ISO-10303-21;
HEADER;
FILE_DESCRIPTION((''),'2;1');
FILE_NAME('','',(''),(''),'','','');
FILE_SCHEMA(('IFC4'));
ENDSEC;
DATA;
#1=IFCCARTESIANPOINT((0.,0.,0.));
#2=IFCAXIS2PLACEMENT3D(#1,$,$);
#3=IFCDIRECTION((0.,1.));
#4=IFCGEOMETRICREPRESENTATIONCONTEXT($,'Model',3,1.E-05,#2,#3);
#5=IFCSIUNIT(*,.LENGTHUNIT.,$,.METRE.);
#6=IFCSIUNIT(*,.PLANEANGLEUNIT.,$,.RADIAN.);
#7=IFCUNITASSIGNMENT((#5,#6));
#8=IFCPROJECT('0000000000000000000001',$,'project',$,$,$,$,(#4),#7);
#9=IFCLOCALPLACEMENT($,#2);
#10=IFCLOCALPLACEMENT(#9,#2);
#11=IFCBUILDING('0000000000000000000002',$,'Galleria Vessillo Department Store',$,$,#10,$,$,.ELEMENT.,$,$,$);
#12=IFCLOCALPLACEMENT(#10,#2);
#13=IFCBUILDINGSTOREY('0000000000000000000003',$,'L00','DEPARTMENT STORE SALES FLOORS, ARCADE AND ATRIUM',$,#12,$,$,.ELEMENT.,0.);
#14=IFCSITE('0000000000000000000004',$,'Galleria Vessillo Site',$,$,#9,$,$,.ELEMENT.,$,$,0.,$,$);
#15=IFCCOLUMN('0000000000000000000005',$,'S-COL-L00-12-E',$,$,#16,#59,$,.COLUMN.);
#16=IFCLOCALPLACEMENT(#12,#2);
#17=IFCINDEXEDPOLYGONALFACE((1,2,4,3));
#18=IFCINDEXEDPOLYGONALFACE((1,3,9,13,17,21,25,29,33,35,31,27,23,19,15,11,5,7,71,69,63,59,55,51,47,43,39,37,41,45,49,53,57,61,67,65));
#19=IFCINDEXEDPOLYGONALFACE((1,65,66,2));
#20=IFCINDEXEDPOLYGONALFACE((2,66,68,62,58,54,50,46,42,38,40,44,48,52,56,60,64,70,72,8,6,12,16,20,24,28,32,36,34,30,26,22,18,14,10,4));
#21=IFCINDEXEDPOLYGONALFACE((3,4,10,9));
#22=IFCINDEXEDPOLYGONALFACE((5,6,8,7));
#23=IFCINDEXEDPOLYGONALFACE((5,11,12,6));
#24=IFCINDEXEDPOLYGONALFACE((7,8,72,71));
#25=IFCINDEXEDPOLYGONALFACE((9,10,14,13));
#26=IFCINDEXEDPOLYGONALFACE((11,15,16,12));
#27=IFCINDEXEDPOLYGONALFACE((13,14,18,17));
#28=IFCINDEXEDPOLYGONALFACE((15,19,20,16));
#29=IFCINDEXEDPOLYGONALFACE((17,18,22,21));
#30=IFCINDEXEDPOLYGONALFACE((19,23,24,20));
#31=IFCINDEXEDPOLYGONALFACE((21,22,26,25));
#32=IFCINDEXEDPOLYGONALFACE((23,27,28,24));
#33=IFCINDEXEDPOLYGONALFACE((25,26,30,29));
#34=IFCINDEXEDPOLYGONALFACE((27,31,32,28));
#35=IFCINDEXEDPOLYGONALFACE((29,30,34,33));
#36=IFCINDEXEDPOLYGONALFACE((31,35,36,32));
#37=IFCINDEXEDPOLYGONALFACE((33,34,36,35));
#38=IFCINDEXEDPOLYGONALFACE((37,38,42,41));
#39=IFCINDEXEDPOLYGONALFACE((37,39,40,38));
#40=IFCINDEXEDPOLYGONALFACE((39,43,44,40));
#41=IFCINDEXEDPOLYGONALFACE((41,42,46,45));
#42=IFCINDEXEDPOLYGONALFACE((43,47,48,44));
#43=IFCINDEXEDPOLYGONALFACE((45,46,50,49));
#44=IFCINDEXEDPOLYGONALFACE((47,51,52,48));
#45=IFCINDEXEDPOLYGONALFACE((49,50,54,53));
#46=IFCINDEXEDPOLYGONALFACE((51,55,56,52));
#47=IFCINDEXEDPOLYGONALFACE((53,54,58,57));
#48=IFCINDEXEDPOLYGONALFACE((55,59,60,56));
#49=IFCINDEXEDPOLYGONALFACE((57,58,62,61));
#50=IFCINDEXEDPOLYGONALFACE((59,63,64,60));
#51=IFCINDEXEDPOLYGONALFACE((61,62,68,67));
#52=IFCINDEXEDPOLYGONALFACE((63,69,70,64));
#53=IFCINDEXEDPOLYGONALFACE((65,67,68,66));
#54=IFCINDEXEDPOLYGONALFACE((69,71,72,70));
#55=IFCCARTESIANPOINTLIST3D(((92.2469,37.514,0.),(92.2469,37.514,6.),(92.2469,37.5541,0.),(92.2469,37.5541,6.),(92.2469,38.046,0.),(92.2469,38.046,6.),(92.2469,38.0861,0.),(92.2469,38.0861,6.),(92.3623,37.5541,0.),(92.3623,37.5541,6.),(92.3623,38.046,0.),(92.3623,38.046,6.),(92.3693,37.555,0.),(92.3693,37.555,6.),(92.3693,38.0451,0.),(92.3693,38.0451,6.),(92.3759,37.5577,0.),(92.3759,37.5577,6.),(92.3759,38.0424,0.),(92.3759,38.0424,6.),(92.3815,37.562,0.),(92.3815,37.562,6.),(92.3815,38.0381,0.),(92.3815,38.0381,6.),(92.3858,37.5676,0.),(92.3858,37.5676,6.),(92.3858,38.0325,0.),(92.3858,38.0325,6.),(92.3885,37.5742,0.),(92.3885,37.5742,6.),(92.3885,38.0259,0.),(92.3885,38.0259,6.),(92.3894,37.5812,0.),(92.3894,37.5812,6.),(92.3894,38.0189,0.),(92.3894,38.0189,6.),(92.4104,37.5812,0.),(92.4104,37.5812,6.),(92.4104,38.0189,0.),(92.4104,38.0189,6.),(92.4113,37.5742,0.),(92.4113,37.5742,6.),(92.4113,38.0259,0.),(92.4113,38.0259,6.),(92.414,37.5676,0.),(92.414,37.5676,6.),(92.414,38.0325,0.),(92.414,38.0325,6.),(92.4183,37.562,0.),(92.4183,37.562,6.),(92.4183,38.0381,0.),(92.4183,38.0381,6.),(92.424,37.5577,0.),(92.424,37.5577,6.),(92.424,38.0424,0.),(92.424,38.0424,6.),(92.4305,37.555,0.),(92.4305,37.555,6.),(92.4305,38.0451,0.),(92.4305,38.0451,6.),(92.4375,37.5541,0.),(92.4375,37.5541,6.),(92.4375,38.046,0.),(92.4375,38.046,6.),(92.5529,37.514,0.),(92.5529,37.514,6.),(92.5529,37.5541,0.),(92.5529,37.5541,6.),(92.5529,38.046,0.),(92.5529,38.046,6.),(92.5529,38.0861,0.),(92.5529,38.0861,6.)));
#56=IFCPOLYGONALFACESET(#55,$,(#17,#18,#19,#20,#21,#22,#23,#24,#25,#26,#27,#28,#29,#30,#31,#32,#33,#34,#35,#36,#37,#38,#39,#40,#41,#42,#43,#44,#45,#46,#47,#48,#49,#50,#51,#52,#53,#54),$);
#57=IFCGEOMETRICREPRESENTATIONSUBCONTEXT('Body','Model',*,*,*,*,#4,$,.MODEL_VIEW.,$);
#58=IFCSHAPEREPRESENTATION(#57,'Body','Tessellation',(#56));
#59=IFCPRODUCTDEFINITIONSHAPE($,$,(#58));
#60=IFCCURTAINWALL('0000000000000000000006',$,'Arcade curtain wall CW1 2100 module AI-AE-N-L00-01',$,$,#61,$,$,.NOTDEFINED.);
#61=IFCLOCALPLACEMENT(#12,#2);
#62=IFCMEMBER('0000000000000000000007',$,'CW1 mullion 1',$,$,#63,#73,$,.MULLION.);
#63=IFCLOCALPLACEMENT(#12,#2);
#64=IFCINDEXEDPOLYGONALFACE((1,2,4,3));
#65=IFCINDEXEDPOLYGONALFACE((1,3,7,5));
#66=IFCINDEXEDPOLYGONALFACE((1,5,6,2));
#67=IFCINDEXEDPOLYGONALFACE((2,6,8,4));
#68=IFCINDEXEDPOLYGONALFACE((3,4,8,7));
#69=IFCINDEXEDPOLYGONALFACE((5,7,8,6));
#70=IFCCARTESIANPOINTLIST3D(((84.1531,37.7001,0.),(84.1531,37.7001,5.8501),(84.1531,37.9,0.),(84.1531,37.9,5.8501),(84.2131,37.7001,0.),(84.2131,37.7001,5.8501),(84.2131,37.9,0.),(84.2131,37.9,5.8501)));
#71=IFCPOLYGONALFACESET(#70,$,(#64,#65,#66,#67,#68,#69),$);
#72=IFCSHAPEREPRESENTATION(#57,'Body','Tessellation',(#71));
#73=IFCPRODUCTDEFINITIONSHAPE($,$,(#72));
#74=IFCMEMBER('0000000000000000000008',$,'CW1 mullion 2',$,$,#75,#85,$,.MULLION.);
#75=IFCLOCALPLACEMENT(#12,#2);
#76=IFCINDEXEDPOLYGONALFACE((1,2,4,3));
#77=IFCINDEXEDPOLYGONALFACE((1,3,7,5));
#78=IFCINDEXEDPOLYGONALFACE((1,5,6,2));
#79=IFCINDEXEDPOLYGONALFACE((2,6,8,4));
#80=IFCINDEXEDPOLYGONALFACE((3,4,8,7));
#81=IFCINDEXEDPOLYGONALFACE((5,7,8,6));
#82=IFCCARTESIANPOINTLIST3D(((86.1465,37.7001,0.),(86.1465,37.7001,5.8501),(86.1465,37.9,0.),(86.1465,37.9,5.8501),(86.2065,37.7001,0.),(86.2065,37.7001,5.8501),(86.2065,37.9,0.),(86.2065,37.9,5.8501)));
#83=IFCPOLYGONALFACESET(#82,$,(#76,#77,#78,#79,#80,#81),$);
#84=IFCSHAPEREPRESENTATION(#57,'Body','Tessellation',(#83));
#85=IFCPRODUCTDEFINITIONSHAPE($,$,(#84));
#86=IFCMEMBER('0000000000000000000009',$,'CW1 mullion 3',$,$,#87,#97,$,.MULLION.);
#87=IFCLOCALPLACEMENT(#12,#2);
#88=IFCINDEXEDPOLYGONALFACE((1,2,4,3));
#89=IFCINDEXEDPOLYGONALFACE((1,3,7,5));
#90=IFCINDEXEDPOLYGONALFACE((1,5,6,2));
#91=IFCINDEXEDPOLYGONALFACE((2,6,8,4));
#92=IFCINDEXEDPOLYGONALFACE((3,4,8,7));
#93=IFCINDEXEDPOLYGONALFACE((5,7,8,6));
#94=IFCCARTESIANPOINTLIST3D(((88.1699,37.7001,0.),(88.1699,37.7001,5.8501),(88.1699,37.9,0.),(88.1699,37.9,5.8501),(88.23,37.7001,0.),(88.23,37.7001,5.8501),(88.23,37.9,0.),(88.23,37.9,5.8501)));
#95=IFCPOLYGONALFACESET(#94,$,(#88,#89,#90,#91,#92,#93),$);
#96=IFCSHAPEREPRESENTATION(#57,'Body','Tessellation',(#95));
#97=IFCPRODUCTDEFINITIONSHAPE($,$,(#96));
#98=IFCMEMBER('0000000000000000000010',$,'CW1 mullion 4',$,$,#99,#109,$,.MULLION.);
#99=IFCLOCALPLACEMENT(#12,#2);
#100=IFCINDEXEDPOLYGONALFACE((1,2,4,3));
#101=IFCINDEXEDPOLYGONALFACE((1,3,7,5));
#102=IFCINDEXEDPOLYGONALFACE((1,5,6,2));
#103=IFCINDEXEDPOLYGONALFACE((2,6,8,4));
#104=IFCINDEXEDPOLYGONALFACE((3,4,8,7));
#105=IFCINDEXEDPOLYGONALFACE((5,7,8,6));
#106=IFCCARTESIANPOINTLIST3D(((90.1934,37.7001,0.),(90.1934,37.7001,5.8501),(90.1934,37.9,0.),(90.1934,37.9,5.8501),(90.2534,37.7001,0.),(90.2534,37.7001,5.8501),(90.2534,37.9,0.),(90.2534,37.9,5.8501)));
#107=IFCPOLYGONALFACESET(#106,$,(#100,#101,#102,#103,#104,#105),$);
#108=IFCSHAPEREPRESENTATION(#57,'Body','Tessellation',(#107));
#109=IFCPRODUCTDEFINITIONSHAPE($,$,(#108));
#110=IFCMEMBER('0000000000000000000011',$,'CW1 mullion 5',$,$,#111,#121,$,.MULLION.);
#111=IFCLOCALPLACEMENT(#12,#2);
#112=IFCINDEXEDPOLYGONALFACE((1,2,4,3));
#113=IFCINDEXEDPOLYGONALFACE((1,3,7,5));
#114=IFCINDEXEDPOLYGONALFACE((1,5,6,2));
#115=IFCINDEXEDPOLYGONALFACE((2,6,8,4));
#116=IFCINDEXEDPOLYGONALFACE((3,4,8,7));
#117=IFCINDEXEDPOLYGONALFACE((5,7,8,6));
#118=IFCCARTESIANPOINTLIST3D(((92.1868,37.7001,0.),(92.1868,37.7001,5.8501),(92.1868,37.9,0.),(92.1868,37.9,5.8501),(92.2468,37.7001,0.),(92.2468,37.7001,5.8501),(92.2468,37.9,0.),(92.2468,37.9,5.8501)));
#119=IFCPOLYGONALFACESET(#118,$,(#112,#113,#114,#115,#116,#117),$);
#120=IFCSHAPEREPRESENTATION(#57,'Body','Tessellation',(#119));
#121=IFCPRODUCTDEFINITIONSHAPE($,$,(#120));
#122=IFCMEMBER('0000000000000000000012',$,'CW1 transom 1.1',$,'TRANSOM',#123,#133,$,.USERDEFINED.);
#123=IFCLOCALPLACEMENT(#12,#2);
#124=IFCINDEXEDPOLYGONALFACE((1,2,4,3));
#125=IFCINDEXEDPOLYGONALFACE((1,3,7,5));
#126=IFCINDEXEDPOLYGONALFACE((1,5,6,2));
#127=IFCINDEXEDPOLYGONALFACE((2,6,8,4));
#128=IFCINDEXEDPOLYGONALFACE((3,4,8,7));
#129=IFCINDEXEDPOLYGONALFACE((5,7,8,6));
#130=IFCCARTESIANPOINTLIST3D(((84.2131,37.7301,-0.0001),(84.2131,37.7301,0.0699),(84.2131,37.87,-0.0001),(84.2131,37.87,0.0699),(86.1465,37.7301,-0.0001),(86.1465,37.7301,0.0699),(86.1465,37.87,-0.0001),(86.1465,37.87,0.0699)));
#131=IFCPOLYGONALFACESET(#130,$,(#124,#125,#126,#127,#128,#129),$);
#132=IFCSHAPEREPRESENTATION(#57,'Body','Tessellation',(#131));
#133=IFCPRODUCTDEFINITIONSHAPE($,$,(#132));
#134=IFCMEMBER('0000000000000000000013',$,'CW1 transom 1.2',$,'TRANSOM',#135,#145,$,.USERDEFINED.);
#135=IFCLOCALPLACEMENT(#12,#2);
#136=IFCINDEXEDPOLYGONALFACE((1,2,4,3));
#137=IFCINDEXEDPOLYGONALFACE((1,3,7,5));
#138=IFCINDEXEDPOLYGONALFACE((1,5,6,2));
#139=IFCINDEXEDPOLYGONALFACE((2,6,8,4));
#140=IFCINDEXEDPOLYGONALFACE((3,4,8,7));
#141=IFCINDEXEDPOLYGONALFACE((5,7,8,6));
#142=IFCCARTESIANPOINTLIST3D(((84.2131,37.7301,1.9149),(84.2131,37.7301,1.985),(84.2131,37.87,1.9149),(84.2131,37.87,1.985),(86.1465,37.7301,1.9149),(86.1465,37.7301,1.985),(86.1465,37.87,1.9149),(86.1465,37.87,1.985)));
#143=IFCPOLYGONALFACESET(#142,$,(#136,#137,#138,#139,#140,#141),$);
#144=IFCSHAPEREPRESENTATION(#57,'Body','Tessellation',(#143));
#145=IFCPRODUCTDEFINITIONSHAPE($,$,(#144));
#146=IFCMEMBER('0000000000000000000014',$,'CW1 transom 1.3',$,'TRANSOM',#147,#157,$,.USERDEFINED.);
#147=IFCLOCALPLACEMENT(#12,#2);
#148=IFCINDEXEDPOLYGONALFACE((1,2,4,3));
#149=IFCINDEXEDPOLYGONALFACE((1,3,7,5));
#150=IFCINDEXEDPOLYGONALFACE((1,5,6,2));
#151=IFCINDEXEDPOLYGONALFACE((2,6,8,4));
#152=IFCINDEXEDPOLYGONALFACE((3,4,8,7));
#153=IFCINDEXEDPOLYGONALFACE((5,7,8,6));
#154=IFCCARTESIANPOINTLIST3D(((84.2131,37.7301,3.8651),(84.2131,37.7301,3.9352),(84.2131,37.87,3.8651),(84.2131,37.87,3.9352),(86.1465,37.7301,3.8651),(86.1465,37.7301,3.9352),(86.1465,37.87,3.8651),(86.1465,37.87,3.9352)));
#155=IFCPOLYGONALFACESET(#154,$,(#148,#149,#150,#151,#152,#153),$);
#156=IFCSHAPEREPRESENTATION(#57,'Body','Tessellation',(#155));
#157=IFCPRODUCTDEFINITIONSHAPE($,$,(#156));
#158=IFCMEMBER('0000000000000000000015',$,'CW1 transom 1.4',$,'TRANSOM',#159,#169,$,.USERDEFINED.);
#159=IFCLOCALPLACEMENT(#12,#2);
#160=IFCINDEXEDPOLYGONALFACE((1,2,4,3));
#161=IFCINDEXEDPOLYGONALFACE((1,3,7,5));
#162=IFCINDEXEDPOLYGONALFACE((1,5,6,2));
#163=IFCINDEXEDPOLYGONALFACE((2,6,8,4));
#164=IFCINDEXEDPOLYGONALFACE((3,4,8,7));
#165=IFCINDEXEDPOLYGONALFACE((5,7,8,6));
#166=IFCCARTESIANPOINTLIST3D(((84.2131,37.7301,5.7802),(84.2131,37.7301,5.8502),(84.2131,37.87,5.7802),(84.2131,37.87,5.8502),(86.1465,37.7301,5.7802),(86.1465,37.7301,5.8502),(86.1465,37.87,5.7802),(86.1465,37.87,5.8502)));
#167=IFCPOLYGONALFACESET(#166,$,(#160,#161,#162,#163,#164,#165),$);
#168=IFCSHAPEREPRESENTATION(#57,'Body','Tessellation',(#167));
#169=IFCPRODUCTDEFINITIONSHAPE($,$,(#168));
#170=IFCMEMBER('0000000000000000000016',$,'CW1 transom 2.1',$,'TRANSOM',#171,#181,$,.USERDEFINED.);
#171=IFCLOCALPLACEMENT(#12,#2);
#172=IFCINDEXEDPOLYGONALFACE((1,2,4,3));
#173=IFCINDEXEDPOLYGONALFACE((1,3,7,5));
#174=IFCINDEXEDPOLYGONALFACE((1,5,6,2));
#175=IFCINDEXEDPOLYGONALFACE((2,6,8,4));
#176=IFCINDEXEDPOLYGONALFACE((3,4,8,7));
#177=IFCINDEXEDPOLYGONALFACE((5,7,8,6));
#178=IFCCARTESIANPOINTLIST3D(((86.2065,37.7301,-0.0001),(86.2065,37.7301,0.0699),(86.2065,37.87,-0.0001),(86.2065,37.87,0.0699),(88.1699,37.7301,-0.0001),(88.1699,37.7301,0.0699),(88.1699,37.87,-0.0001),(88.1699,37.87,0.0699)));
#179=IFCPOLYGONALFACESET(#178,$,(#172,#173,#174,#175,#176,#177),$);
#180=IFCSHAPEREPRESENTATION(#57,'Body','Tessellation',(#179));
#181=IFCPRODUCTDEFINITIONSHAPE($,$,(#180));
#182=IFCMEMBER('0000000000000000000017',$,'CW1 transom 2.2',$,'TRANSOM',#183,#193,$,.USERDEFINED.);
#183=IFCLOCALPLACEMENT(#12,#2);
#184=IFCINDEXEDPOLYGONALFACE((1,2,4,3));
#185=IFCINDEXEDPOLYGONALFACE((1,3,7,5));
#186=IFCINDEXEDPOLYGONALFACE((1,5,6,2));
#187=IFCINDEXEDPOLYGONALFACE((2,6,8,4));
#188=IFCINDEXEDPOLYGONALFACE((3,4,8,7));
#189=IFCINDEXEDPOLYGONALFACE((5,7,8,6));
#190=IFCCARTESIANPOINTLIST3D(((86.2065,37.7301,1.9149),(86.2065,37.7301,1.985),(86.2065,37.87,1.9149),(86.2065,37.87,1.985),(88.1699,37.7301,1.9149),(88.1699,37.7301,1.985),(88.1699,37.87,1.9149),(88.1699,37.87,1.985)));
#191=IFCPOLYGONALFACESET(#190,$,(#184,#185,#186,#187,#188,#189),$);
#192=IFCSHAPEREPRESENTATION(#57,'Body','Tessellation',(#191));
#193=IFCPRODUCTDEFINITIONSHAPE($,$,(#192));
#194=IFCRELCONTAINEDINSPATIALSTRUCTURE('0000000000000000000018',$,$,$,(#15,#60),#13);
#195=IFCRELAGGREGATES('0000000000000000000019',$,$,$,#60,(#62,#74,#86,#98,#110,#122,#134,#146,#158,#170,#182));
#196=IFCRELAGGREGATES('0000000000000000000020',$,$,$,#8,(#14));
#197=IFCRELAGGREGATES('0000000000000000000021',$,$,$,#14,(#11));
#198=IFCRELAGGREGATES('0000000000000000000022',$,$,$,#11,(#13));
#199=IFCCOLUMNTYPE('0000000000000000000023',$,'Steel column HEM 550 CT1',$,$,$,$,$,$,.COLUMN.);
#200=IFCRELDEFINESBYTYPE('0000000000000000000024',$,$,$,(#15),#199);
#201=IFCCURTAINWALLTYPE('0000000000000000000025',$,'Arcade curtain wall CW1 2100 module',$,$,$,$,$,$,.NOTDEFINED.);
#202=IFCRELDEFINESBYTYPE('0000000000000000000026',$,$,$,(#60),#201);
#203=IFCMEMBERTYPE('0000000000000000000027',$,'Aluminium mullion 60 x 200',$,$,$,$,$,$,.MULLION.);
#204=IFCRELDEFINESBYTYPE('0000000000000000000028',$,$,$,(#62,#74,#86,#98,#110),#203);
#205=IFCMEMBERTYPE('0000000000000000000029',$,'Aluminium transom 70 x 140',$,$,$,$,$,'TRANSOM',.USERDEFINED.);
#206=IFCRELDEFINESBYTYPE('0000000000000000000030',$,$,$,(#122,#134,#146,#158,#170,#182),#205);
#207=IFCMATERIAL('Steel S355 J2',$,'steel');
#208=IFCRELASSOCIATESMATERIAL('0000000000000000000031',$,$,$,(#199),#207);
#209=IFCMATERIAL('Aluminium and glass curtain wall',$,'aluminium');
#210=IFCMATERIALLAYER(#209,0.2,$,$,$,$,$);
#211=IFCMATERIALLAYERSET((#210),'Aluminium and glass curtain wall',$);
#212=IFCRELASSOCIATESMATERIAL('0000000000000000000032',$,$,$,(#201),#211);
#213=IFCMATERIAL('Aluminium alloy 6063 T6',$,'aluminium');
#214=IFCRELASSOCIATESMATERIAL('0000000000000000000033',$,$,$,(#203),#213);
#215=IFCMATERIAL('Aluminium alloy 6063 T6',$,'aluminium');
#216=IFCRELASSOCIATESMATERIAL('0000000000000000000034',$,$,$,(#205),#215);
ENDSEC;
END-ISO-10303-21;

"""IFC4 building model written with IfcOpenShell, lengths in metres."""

from ifc_helpers import new_model, si_unit, direction, frame, origin, origin_2d, place, context, subcontext, project, spatial, rectangle, i_section, extrude, material, layer, layer_set, material_profile, profile_set, type_object, element, aggregate, save


model = new_model("IFC4")

# Units and contexts
model_context = context("Model", 3, precision=1e-05, world=origin(), true_north=direction((0.0, 1.0)))
body_context = subcontext(model_context, "Body", "Model", "MODEL_VIEW")
ifc_project = project(units=[si_unit("LENGTHUNIT", "METRE"), si_unit("PLANEANGLEUNIT", "RADIAN")], contexts=[model_context])

# Site, building, storey
site_placement = place(None, origin())
site = spatial("IfcSite", under=ifc_project, at=site_placement, Name="Galleria Vessillo Site", CompositionType="ELEMENT", RefElevation=0.0)
building_placement = place(site_placement, origin())
building = spatial("IfcBuilding", under=site, at=building_placement, Name="Galleria Vessillo Department Store", CompositionType="ELEMENT")
storey_placement = place(building_placement, origin())
storey = spatial("IfcBuildingStorey", under=building, at=storey_placement, Name="L00", Description="DEPARTMENT STORE SALES FLOORS, ARCADE AND ATRIUM", CompositionType="ELEMENT", Elevation=0.0)

# Column
ifc_material_1 = material(Name="Steel S355 J2", Category="steel")
ifc_material_profile_1 = material_profile(ifc_material_1, i_section(OverallWidth=0.3059, OverallDepth=0.572, WebThickness=0.021, FlangeThickness=0.04, FilletRadius=0.0271, at=origin_2d()), Name="HEM 550")
ifc_profile_set_1 = profile_set([ifc_material_profile_1], Name="Steel S355 J2")
column_type = type_object("IfcColumnType", Name="Steel column HEM 550 CT1", PredefinedType="COLUMN", material=ifc_profile_set_1)
column_placement = place(storey_placement, frame((92.3999, 37.8, 0.0), z_axis=(0.0, 0.0, 1.0), x_axis=(1.0, 0.0, 0.0)))
element("IfcColumn", 1, at=column_placement, inside=storey, type_object=column_type, Name="S-COL-L00-12-E", PredefinedType="COLUMN", context=body_context, shape_type="SweptSolid", body=[
    extrude(i_section(OverallWidth=0.3059, OverallDepth=0.572, WebThickness=0.021, FlangeThickness=0.04, FilletRadius=0.0271, at=origin_2d()), origin(), (0.0, 0.0, 1.0), 6.0),
])

# Curtain wall, members
ifc_material_2 = material(Name="Aluminium and glass curtain wall", Category="aluminium")
ifc_layer_1 = layer(ifc_material_2, 0.2)
ifc_layer_set_1 = layer_set([ifc_layer_1], Name="Aluminium and glass curtain wall")
curtain_wall_type = type_object("IfcCurtainWallType", Name="Arcade curtain wall CW1 2100 module", PredefinedType="NOTDEFINED", material=ifc_layer_set_1)
curtain_wall_placement = place(storey_placement, origin())
curtain_wall = element("IfcCurtainWall", 2, at=curtain_wall_placement, inside=storey, type_object=curtain_wall_type, Name="Arcade curtain wall CW1 2100 module AI-AE-N-L00-01", PredefinedType="NOTDEFINED")
ifc_material_3 = material(Name="Aluminium alloy 6063 T6", Category="aluminium")
ifc_material_profile_2 = material_profile(ifc_material_3, rectangle(XDim=0.2, YDim=0.0601, at=origin_2d()), Name="AL 60x200")
ifc_profile_set_2 = profile_set([ifc_material_profile_2], Name="Aluminium alloy 6063 T6")
member_type_1 = type_object("IfcMemberType", Name="Aluminium mullion 60 x 200", PredefinedType="MULLION", material=ifc_profile_set_2)
member_1_placement = place(storey_placement, frame((84.1831, 37.8, 0.0), z_axis=(0.0, 0.0, 1.0), x_axis=(0.0, 1.0, 0.0)))
member_1 = element("IfcMember", 3, at=member_1_placement, type_object=member_type_1, Name="CW1 mullion 1", PredefinedType="MULLION", context=body_context, shape_type="SweptSolid", body=[
    extrude(rectangle(XDim=0.2, YDim=0.0601, at=origin_2d()), origin(), (0.0, 0.0, 1.0), 5.8501),
])
member_2_placement = place(storey_placement, frame((86.1765, 37.8, 0.0), z_axis=(0.0, 0.0, 1.0), x_axis=(0.0, 1.0, 0.0)))
member_2 = element("IfcMember", 4, at=member_2_placement, type_object=member_type_1, Name="CW1 mullion 2", PredefinedType="MULLION", context=body_context, shape_type="SweptSolid", body=[
    extrude(rectangle(XDim=0.2, YDim=0.0601, at=origin_2d()), origin(), (0.0, 0.0, 1.0), 5.8501),
])
member_3_placement = place(storey_placement, frame((88.2, 37.8, 0.0), z_axis=(0.0, 0.0, 1.0), x_axis=(0.0, 1.0, 0.0)))
member_3 = element("IfcMember", 5, at=member_3_placement, type_object=member_type_1, Name="CW1 mullion 3", PredefinedType="MULLION", context=body_context, shape_type="SweptSolid", body=[
    extrude(rectangle(XDim=0.2, YDim=0.0601, at=origin_2d()), origin(), (0.0, 0.0, 1.0), 5.8501),
])
member_4_placement = place(storey_placement, frame((90.2234, 37.8, 0.0), z_axis=(0.0, 0.0, 1.0), x_axis=(0.0, 1.0, 0.0)))
member_4 = element("IfcMember", 6, at=member_4_placement, type_object=member_type_1, Name="CW1 mullion 4", PredefinedType="MULLION", context=body_context, shape_type="SweptSolid", body=[
    extrude(rectangle(XDim=0.2, YDim=0.0601, at=origin_2d()), origin(), (0.0, 0.0, 1.0), 5.8501),
])
member_5_placement = place(storey_placement, frame((92.2168, 37.8, 0.0), z_axis=(0.0, 0.0, 1.0), x_axis=(0.0, 1.0, 0.0)))
member_5 = element("IfcMember", 7, at=member_5_placement, type_object=member_type_1, Name="CW1 mullion 5", PredefinedType="MULLION", context=body_context, shape_type="SweptSolid", body=[
    extrude(rectangle(XDim=0.2, YDim=0.0601, at=origin_2d()), origin(), (0.0, 0.0, 1.0), 5.8501),
])
ifc_material_4 = material(Name="Aluminium alloy 6063 T6", Category="aluminium")
ifc_material_profile_3 = material_profile(ifc_material_4, rectangle(XDim=0.1399, YDim=0.0701, at=origin_2d()), Name="AL 70x140")
ifc_profile_set_3 = profile_set([ifc_material_profile_3], Name="Aluminium alloy 6063 T6")
member_type_2 = type_object("IfcMemberType", Name="Aluminium transom 70 x 140", ElementType="TRANSOM", PredefinedType="USERDEFINED", material=ifc_profile_set_3)
member_6_placement = place(storey_placement, frame((84.2131, 37.8, 0.0349), z_axis=(1.0, 0.0, 0.0), x_axis=(0.0, 1.0, 0.0)))
member_6 = element("IfcMember", 8, at=member_6_placement, type_object=member_type_2, Name="CW1 transom 1.1", ObjectType="TRANSOM", PredefinedType="USERDEFINED", context=body_context, shape_type="SweptSolid", body=[
    extrude(rectangle(XDim=0.1399, YDim=0.0701, at=origin_2d()), origin(), (0.0, 0.0, 1.0), 1.9333),
])
member_7_placement = place(storey_placement, frame((84.2131, 37.8, 1.95), z_axis=(1.0, 0.0, 0.0), x_axis=(0.0, 1.0, 0.0)))
member_7 = element("IfcMember", 9, at=member_7_placement, type_object=member_type_2, Name="CW1 transom 1.2", ObjectType="TRANSOM", PredefinedType="USERDEFINED", context=body_context, shape_type="SweptSolid", body=[
    extrude(rectangle(XDim=0.1399, YDim=0.0701, at=origin_2d()), origin(), (0.0, 0.0, 1.0), 1.9333),
])
member_8_placement = place(storey_placement, frame((84.2131, 37.8, 3.9001), z_axis=(1.0, 0.0, 0.0), x_axis=(0.0, 1.0, 0.0)))
member_8 = element("IfcMember", 10, at=member_8_placement, type_object=member_type_2, Name="CW1 transom 1.3", ObjectType="TRANSOM", PredefinedType="USERDEFINED", context=body_context, shape_type="SweptSolid", body=[
    extrude(rectangle(XDim=0.1399, YDim=0.0701, at=origin_2d()), origin(), (0.0, 0.0, 1.0), 1.9333),
])
member_9_placement = place(storey_placement, frame((84.2131, 37.8, 5.8152), z_axis=(1.0, 0.0, 0.0), x_axis=(0.0, 1.0, 0.0)))
member_9 = element("IfcMember", 11, at=member_9_placement, type_object=member_type_2, Name="CW1 transom 1.4", ObjectType="TRANSOM", PredefinedType="USERDEFINED", context=body_context, shape_type="SweptSolid", body=[
    extrude(rectangle(XDim=0.1399, YDim=0.0701, at=origin_2d()), origin(), (0.0, 0.0, 1.0), 1.9333),
])
member_10_placement = place(storey_placement, frame((86.2065, 37.8, 0.0349), z_axis=(1.0, 0.0, 0.0), x_axis=(0.0, 1.0, 0.0)))
member_10 = element("IfcMember", 12, at=member_10_placement, type_object=member_type_2, Name="CW1 transom 2.1", ObjectType="TRANSOM", PredefinedType="USERDEFINED", context=body_context, shape_type="SweptSolid", body=[
    extrude(rectangle(XDim=0.1399, YDim=0.0701, at=origin_2d()), origin(), (0.0, 0.0, 1.0), 1.9634),
])
member_11_placement = place(storey_placement, frame((86.2065, 37.8, 1.95), z_axis=(1.0, 0.0, 0.0), x_axis=(0.0, 1.0, 0.0)))
member_11 = element("IfcMember", 13, at=member_11_placement, type_object=member_type_2, Name="CW1 transom 2.2", ObjectType="TRANSOM", PredefinedType="USERDEFINED", context=body_context, shape_type="SweptSolid", body=[
    extrude(rectangle(XDim=0.1399, YDim=0.0701, at=origin_2d()), origin(), (0.0, 0.0, 1.0), 1.9634),
])

aggregate(curtain_wall, [member_1, member_2, member_3, member_4, member_5, member_6, member_7, member_8, member_9, member_10, member_11])

save(model, "model.ifc")
